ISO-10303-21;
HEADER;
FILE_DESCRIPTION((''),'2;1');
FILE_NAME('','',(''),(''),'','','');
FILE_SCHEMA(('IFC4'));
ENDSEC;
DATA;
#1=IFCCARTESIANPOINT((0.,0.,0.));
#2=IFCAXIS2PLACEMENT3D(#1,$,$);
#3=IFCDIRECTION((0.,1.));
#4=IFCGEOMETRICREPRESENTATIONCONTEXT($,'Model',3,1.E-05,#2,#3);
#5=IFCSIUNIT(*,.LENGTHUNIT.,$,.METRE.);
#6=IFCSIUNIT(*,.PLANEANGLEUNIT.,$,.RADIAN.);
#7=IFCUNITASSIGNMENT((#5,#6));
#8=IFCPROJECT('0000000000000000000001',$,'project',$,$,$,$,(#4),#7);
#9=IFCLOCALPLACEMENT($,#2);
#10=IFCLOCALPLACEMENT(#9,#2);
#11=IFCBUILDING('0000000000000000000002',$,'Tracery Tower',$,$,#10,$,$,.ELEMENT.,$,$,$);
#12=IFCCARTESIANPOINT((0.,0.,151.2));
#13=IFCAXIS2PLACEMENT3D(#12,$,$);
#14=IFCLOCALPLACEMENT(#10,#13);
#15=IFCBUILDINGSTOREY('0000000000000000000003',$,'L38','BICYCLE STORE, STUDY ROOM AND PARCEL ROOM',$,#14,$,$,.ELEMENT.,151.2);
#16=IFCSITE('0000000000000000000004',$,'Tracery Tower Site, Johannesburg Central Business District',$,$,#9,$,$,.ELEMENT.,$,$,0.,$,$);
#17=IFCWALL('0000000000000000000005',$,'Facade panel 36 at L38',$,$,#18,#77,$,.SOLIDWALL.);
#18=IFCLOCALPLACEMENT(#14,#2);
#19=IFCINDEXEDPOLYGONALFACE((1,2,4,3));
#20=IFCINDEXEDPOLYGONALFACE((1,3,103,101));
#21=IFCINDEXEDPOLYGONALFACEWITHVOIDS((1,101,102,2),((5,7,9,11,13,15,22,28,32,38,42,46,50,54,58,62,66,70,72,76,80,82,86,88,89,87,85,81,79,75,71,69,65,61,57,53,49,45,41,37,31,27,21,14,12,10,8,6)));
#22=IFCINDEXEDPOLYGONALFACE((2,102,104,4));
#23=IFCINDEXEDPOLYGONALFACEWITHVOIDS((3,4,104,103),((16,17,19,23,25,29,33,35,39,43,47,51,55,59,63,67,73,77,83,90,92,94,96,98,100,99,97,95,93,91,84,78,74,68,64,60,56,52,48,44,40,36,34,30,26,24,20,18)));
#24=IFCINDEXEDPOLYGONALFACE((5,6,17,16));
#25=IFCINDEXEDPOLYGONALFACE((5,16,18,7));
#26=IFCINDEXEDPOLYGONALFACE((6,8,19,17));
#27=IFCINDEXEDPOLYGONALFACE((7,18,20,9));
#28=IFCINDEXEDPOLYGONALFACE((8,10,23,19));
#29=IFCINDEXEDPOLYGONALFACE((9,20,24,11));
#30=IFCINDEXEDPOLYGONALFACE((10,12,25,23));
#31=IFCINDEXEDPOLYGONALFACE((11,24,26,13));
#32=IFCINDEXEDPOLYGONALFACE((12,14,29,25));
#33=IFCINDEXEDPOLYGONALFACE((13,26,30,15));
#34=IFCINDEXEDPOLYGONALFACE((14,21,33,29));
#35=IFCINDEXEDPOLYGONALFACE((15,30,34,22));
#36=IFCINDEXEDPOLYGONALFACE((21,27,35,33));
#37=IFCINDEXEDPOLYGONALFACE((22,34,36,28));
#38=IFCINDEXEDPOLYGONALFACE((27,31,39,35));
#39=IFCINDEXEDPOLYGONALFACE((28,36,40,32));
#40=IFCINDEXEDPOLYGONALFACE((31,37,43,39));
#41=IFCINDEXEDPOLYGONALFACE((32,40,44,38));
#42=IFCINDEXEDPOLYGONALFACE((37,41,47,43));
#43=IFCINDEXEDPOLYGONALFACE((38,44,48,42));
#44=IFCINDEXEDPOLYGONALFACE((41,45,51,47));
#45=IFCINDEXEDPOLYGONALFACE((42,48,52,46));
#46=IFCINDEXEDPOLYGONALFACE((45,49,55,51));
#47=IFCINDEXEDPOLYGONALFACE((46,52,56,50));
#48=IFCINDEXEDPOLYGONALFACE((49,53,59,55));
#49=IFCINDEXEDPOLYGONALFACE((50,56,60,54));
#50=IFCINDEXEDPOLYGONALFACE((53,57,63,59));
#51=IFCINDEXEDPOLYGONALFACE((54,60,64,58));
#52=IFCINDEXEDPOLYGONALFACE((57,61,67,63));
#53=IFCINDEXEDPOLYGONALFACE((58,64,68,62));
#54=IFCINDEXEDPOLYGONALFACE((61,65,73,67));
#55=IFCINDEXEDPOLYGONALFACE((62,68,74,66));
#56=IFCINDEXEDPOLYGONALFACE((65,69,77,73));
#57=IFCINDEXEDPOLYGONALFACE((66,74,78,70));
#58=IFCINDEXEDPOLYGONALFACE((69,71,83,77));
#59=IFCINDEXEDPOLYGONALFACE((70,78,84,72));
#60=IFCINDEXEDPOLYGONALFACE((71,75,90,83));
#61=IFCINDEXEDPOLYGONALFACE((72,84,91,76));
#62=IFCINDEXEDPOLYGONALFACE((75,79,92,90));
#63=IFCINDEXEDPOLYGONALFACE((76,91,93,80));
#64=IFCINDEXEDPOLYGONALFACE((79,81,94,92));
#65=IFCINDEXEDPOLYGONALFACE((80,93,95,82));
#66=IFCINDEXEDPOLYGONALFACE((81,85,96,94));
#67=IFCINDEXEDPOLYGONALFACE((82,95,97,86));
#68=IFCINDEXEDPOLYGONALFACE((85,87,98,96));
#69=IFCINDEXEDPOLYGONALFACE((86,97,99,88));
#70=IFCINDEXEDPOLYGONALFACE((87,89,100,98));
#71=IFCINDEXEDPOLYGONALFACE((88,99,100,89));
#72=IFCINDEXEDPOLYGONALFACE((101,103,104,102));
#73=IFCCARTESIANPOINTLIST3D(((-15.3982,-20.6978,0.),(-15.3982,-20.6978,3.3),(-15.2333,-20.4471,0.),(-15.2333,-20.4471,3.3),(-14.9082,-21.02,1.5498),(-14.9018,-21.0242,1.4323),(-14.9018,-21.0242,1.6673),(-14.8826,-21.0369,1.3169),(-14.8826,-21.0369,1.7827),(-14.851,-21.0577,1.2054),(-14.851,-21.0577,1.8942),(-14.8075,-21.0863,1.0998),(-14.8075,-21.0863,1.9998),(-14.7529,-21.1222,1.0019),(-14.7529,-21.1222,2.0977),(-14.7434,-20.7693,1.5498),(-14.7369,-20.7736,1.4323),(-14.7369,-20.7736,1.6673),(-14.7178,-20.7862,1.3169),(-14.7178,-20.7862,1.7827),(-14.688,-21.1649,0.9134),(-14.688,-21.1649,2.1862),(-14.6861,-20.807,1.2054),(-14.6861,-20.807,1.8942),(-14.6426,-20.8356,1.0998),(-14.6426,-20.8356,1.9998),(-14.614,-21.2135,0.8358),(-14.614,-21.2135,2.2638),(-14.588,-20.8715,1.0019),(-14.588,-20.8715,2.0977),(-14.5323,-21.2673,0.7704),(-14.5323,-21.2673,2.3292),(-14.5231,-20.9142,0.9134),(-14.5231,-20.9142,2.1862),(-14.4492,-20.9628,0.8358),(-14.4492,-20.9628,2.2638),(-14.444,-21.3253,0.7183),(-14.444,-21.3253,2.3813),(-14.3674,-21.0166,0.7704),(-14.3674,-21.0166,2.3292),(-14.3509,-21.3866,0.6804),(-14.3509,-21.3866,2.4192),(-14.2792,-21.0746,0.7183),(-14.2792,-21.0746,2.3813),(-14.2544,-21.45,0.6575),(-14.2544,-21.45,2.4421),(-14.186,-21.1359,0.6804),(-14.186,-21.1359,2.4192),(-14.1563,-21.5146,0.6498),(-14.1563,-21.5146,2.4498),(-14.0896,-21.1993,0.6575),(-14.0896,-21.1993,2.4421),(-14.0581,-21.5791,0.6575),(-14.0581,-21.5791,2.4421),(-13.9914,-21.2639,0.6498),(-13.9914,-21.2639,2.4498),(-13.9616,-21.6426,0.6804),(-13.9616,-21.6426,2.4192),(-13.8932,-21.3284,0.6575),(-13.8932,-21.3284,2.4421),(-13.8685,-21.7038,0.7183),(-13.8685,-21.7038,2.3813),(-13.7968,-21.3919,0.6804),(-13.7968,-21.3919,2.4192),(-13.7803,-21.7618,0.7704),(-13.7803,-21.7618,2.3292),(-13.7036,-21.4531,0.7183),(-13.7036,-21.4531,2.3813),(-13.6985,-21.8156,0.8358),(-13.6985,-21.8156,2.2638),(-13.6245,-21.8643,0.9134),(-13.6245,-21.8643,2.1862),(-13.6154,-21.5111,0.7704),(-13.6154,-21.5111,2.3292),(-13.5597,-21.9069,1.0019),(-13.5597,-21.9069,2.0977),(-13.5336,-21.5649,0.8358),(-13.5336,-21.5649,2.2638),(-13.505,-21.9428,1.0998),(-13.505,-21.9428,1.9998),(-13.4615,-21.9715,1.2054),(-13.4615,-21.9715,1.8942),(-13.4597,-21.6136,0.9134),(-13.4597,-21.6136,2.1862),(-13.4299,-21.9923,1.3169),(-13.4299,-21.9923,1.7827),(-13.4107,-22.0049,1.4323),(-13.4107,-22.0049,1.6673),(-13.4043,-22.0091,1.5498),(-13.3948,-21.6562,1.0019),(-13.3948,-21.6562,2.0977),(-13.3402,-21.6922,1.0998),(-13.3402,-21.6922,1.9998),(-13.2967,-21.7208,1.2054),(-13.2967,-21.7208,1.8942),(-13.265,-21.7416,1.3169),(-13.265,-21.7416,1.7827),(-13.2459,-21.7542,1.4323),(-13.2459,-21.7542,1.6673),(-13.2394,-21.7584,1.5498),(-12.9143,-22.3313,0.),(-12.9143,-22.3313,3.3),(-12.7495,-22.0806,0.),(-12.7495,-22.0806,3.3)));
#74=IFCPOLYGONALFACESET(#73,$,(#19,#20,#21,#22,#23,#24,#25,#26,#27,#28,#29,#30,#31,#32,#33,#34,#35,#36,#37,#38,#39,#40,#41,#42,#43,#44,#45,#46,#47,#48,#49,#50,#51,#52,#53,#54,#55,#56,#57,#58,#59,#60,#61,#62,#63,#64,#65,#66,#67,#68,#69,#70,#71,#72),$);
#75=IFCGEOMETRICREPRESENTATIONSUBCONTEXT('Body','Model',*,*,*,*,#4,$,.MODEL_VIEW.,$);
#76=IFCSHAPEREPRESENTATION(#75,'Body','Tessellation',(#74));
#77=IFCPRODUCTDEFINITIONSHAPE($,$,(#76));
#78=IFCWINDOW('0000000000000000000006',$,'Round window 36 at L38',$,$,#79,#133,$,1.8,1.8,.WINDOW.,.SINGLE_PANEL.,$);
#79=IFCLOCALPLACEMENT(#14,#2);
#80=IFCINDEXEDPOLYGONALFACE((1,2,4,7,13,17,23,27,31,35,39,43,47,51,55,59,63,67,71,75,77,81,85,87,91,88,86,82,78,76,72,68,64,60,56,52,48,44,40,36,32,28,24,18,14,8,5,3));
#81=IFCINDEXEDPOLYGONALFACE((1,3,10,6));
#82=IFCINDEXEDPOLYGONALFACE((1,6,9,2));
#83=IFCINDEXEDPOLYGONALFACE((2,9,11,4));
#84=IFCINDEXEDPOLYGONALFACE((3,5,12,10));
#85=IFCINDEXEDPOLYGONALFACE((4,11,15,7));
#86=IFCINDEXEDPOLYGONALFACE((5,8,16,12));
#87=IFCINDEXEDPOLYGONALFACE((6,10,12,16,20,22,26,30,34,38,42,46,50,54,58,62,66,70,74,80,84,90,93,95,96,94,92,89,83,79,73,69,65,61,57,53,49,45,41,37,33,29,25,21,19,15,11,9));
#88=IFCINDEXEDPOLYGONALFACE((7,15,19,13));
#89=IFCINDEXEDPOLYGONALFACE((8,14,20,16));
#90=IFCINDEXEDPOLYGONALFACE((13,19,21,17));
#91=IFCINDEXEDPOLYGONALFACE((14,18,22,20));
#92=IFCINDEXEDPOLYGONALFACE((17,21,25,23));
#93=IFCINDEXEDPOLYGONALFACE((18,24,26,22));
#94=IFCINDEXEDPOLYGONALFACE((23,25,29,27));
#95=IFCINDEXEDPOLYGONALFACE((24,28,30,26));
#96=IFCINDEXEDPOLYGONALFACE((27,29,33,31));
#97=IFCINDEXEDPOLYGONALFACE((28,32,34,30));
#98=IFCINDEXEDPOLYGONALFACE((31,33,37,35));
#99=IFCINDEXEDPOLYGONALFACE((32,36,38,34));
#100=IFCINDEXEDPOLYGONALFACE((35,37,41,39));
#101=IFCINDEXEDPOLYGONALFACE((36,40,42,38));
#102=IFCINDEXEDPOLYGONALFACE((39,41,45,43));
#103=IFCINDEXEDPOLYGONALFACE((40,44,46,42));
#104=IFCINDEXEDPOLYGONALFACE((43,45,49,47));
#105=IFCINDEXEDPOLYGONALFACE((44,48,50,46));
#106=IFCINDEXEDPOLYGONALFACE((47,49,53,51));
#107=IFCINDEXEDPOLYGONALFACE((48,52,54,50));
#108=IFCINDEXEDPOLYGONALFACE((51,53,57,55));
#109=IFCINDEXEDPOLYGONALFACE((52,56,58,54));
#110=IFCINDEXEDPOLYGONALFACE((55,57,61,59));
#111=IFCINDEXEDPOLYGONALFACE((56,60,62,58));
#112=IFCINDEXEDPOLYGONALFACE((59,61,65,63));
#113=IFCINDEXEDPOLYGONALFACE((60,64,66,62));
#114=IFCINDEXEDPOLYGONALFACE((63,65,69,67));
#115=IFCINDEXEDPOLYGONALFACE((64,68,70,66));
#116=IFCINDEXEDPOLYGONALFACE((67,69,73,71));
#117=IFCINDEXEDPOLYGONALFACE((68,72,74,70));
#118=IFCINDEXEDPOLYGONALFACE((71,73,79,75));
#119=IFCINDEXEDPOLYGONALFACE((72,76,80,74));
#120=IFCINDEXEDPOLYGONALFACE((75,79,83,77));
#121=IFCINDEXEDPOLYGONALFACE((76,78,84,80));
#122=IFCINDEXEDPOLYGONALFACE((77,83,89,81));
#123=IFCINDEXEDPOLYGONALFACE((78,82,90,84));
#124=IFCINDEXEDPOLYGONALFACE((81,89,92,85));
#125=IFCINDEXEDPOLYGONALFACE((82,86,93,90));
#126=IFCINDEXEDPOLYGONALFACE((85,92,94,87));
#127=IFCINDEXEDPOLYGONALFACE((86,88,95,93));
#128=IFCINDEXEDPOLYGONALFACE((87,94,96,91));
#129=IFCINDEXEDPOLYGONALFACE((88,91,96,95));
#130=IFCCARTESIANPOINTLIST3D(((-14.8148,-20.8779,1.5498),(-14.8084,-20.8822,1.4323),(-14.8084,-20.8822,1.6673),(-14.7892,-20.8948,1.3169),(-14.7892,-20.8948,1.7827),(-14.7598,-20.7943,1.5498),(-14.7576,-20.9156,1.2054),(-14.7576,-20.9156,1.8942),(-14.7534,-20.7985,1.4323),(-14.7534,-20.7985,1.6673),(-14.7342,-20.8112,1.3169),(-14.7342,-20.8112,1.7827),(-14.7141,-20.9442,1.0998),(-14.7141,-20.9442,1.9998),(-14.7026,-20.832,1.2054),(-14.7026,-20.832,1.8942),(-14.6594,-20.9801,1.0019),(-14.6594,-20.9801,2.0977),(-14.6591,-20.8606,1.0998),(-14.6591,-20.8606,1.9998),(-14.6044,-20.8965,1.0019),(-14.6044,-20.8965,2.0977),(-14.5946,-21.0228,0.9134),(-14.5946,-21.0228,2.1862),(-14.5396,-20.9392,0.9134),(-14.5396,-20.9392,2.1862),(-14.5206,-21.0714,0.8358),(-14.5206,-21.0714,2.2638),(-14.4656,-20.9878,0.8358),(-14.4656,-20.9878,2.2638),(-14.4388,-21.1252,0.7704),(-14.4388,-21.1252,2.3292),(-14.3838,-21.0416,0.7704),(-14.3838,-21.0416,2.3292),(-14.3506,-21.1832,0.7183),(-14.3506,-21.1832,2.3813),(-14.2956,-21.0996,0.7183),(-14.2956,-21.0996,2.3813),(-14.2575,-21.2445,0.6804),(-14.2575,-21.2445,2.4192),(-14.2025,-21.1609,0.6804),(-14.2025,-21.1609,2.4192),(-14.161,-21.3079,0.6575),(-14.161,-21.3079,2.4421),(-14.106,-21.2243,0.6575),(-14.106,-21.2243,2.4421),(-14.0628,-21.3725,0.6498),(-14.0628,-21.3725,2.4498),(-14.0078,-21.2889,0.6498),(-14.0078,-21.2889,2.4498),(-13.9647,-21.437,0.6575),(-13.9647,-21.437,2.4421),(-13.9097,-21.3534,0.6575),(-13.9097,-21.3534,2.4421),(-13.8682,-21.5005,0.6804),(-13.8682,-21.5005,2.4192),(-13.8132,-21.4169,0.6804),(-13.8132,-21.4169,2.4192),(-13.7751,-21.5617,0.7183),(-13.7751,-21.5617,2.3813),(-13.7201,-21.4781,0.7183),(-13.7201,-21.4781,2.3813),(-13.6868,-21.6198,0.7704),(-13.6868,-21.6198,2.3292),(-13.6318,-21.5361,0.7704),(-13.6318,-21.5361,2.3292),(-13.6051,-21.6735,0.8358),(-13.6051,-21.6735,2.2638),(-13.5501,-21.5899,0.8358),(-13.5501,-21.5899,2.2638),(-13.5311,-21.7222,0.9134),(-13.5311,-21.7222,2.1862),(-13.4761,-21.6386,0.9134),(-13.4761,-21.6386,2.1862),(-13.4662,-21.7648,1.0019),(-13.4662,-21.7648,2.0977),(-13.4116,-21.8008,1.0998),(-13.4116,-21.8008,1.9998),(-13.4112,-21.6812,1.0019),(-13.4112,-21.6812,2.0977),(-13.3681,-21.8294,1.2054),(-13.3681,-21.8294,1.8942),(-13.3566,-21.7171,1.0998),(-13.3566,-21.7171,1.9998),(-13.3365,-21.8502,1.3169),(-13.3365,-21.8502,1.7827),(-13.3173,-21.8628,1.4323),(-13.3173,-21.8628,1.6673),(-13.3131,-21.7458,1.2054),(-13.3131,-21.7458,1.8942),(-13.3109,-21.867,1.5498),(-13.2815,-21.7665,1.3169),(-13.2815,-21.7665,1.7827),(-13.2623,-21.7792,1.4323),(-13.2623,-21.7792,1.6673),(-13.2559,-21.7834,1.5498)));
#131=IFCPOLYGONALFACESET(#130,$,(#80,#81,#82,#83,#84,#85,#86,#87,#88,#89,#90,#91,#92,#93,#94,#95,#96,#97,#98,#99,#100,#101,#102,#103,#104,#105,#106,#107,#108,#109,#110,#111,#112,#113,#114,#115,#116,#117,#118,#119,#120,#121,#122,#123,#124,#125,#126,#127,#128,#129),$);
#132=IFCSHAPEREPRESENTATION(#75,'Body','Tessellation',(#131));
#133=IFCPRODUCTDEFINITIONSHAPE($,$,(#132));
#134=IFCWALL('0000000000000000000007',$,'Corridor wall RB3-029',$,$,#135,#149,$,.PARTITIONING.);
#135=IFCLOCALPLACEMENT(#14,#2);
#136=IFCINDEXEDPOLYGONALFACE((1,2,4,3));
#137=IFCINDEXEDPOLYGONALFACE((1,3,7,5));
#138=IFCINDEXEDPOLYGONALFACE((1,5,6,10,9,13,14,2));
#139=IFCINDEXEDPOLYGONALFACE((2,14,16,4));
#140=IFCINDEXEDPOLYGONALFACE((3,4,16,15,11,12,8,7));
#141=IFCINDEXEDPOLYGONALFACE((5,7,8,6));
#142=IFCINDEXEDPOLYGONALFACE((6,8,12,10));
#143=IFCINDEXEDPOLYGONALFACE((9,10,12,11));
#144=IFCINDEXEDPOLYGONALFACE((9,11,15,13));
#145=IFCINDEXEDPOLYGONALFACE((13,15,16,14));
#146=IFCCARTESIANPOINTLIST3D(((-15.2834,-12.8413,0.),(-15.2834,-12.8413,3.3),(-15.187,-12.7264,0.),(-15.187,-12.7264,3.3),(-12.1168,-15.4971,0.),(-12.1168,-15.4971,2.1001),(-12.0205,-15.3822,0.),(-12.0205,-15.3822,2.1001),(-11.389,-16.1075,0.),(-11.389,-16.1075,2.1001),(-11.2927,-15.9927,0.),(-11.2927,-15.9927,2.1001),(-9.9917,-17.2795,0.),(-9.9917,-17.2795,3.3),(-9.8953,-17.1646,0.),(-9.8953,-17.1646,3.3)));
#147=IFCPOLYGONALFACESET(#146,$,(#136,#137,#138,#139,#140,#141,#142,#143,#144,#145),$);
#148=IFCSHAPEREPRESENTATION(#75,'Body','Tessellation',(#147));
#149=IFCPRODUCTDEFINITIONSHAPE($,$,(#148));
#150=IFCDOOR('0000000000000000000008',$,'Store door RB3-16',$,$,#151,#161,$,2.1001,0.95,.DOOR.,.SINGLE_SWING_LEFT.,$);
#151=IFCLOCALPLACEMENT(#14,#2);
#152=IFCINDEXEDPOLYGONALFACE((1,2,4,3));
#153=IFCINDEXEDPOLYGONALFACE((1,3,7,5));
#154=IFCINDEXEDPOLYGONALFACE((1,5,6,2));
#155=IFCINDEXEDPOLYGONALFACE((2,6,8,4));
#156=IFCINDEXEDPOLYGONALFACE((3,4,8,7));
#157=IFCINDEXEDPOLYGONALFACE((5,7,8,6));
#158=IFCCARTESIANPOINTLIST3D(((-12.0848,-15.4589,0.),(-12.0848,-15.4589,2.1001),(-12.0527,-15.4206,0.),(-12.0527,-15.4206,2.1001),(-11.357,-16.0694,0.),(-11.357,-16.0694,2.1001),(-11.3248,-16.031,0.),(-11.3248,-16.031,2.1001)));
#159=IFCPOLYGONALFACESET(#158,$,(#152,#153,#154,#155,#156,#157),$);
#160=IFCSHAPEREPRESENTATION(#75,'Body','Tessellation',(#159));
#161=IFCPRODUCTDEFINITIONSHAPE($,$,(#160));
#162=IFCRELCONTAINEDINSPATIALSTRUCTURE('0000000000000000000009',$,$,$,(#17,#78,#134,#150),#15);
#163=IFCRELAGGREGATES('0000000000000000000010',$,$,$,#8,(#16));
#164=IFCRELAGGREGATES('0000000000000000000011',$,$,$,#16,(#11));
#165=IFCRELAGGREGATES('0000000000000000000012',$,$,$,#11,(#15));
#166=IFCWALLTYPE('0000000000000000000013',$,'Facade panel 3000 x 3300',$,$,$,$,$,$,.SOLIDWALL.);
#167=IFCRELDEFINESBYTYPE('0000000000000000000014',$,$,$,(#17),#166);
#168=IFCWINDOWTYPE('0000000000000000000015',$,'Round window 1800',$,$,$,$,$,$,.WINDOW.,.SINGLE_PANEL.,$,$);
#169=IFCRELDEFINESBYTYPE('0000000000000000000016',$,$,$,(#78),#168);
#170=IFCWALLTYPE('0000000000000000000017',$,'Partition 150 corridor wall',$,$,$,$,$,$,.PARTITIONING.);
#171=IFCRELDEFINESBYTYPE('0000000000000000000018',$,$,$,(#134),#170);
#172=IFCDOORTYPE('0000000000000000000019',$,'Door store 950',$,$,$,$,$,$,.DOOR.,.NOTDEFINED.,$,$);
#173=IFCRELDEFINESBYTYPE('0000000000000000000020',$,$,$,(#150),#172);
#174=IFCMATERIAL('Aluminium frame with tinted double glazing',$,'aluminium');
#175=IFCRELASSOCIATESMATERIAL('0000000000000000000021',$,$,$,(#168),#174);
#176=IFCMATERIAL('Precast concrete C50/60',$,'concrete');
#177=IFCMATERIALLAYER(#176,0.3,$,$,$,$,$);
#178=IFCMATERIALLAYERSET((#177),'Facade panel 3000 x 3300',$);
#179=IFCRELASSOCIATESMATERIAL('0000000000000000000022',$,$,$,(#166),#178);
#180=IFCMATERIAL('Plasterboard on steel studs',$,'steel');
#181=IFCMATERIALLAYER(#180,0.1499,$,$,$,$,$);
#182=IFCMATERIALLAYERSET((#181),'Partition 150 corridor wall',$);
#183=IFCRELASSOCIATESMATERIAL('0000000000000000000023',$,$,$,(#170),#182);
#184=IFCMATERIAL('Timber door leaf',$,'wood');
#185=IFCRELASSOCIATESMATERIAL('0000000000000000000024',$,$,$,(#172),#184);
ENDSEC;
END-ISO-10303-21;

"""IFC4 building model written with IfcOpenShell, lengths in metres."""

from ifc_helpers import new_model, si_unit, direction, frame, frame_2d, origin, origin_2d, place, context, subcontext, project, spatial, rectangle, circle, extrude, material, layer, layer_set, type_object, element, fill, save


model = new_model("IFC4")

# Units and contexts
model_context = context("Model", 3, precision=1e-05, world=origin(), true_north=direction((0.0, 1.0)))
body_context = subcontext(model_context, "Body", "Model", "MODEL_VIEW")
ifc_project = project(units=[si_unit("LENGTHUNIT", "METRE"), si_unit("PLANEANGLEUNIT", "RADIAN")], contexts=[model_context])

# Site, building, storey
site_placement = place(None, origin())
site = spatial("IfcSite", under=ifc_project, at=site_placement, Name="Tracery Tower Site, Johannesburg Central Business District", CompositionType="ELEMENT", RefElevation=0.0)
building_placement = place(site_placement, origin())
building = spatial("IfcBuilding", under=site, at=building_placement, Name="Tracery Tower", CompositionType="ELEMENT")
storey_placement = place(building_placement, frame((0.0, 0.0, 151.2)))
storey = spatial("IfcBuildingStorey", under=building, at=storey_placement, Name="L38", Description="BICYCLE STORE, STUDY ROOM AND PARCEL ROOM", CompositionType="ELEMENT", Elevation=151.2)

# Wall, opening, window
ifc_material_1 = material(Name="Aluminium frame with tinted double glazing", Category="aluminium")
window_type = type_object("IfcWindowType", Name="Round window 1800", PartitioningType="SINGLE_PANEL", PredefinedType="WINDOW", material=ifc_material_1)
ifc_material_2 = material(Name="Precast concrete C50/60", Category="concrete")
ifc_layer_1 = layer(ifc_material_2, 0.3)
ifc_layer_set_1 = layer_set([ifc_layer_1], Name="Facade panel 3000 x 3300")
wall_type_1 = type_object("IfcWallType", Name="Facade panel 3000 x 3300", PredefinedType="SOLIDWALL", material=ifc_layer_set_1)
wall_1_placement = place(storey_placement, frame((-15.3157, -20.5725, 0.0), z_axis=(0.0, 0.0, 1.0), x_axis=(0.835508, -0.549478, 0.0)))
wall_1 = element("IfcWall", 1, at=wall_1_placement, inside=storey, type_object=wall_type_1, Name="Facade panel 36 at L38", PredefinedType="SOLIDWALL", context=body_context, shape_type="SweptSolid", body=[
    extrude(rectangle(XDim=2.9729, YDim=0.3, at=frame_2d((1.4863, 0.0))), origin(), (0.0, 0.0, 1.0), 3.3),
])
opening_1_placement = place(wall_1_placement, frame((1.4863, 0.0, 1.5498)))
opening_1 = element("IfcOpeningElement", 2, at=opening_1_placement, cuts=wall_1, PredefinedType="OPENING", context=body_context, shape_type="SweptSolid", body=[
    extrude(circle(Radius=0.9, at=origin_2d()), frame((0.0, 0.1599, 0.0), z_axis=(0.0, -1.0, 0.0), x_axis=(1.0, 0.0, 0.0)), (0.0, 0.0, 1.0), 0.3201),
])
window_1_placement = place(opening_1_placement, origin())
window_1 = element("IfcWindow", 3, at=window_1_placement, inside=storey, type_object=window_type, Name="Round window 36 at L38", OverallHeight=1.8, OverallWidth=1.8, PartitioningType="SINGLE_PANEL", PredefinedType="WINDOW", context=body_context, shape_type="SweptSolid", body=[
    extrude(circle(Radius=0.9, at=origin_2d()), frame((0.0, 0.1201, 0.0), z_axis=(0.0, -1.0, 0.0), x_axis=(1.0, 0.0, 0.0)), (0.0, 0.0, 1.0), 0.1001),
])
fill(opening_1, window_1)

# Wall, opening, door
ifc_material_3 = material(Name="Plasterboard on steel studs", Category="steel")
ifc_layer_2 = layer(ifc_material_3, 0.1499)
ifc_layer_set_2 = layer_set([ifc_layer_2], Name="Partition 150 corridor wall")
wall_type_2 = type_object("IfcWallType", Name="Partition 150 corridor wall", PredefinedType="PARTITIONING", material=ifc_layer_set_2)
wall_2_placement = place(storey_placement, frame((-15.2351, -12.7839, 0.0), z_axis=(0.0, 0.0, 1.0), x_axis=(0.766192, -0.642612, 0.0)))
wall_2 = element("IfcWall", 4, at=wall_2_placement, inside=storey, type_object=wall_type_2, Name="Corridor wall RB3-029", PredefinedType="PARTITIONING", context=body_context, shape_type="SweptSolid", body=[
    extrude(rectangle(XDim=6.9065, YDim=0.1499, at=frame_2d((3.4531, 0.0))), origin(), (0.0, 0.0, 1.0), 3.3),
])
opening_2_placement = place(wall_2_placement, frame((4.1326, 0.0, 0.0)))
opening_2 = element("IfcOpeningElement", 5, at=opening_2_placement, cuts=wall_2, PredefinedType="OPENING", context=body_context, shape_type="SweptSolid", body=[
    extrude(rectangle(XDim=0.95, YDim=2.1001, at=frame_2d((0.4751, 1.05))), frame((0.0, 0.075, 0.0), z_axis=(0.0, -1.0, 0.0), x_axis=(1.0, 0.0, 0.0)), (0.0, 0.0, 1.0), 0.1499),
])
ifc_material_4 = material(Name="Timber door leaf", Category="wood")
door_type_1 = type_object("IfcDoorType", Name="Door store 950", OperationType="NOTDEFINED", PredefinedType="DOOR", material=ifc_material_4)
door_1_placement = place(opening_2_placement, origin())
door_1 = element("IfcDoor", 6, at=door_1_placement, inside=storey, type_object=door_type_1, Name="Store door RB3-16", OperationType="SINGLE_SWING_LEFT", OverallHeight=2.1001, OverallWidth=0.95, PredefinedType="DOOR", context=body_context, shape_type="SweptSolid", body=[
    extrude(rectangle(XDim=0.95, YDim=2.1001, at=frame_2d((0.4751, 1.05))), frame((0.0, 0.0249, 0.0), z_axis=(0.0, -1.0, 0.0), x_axis=(1.0, 0.0, 0.0)), (0.0, 0.0, 1.0), 0.05),
])
fill(opening_2, door_1)

save(model, "model.ifc")
